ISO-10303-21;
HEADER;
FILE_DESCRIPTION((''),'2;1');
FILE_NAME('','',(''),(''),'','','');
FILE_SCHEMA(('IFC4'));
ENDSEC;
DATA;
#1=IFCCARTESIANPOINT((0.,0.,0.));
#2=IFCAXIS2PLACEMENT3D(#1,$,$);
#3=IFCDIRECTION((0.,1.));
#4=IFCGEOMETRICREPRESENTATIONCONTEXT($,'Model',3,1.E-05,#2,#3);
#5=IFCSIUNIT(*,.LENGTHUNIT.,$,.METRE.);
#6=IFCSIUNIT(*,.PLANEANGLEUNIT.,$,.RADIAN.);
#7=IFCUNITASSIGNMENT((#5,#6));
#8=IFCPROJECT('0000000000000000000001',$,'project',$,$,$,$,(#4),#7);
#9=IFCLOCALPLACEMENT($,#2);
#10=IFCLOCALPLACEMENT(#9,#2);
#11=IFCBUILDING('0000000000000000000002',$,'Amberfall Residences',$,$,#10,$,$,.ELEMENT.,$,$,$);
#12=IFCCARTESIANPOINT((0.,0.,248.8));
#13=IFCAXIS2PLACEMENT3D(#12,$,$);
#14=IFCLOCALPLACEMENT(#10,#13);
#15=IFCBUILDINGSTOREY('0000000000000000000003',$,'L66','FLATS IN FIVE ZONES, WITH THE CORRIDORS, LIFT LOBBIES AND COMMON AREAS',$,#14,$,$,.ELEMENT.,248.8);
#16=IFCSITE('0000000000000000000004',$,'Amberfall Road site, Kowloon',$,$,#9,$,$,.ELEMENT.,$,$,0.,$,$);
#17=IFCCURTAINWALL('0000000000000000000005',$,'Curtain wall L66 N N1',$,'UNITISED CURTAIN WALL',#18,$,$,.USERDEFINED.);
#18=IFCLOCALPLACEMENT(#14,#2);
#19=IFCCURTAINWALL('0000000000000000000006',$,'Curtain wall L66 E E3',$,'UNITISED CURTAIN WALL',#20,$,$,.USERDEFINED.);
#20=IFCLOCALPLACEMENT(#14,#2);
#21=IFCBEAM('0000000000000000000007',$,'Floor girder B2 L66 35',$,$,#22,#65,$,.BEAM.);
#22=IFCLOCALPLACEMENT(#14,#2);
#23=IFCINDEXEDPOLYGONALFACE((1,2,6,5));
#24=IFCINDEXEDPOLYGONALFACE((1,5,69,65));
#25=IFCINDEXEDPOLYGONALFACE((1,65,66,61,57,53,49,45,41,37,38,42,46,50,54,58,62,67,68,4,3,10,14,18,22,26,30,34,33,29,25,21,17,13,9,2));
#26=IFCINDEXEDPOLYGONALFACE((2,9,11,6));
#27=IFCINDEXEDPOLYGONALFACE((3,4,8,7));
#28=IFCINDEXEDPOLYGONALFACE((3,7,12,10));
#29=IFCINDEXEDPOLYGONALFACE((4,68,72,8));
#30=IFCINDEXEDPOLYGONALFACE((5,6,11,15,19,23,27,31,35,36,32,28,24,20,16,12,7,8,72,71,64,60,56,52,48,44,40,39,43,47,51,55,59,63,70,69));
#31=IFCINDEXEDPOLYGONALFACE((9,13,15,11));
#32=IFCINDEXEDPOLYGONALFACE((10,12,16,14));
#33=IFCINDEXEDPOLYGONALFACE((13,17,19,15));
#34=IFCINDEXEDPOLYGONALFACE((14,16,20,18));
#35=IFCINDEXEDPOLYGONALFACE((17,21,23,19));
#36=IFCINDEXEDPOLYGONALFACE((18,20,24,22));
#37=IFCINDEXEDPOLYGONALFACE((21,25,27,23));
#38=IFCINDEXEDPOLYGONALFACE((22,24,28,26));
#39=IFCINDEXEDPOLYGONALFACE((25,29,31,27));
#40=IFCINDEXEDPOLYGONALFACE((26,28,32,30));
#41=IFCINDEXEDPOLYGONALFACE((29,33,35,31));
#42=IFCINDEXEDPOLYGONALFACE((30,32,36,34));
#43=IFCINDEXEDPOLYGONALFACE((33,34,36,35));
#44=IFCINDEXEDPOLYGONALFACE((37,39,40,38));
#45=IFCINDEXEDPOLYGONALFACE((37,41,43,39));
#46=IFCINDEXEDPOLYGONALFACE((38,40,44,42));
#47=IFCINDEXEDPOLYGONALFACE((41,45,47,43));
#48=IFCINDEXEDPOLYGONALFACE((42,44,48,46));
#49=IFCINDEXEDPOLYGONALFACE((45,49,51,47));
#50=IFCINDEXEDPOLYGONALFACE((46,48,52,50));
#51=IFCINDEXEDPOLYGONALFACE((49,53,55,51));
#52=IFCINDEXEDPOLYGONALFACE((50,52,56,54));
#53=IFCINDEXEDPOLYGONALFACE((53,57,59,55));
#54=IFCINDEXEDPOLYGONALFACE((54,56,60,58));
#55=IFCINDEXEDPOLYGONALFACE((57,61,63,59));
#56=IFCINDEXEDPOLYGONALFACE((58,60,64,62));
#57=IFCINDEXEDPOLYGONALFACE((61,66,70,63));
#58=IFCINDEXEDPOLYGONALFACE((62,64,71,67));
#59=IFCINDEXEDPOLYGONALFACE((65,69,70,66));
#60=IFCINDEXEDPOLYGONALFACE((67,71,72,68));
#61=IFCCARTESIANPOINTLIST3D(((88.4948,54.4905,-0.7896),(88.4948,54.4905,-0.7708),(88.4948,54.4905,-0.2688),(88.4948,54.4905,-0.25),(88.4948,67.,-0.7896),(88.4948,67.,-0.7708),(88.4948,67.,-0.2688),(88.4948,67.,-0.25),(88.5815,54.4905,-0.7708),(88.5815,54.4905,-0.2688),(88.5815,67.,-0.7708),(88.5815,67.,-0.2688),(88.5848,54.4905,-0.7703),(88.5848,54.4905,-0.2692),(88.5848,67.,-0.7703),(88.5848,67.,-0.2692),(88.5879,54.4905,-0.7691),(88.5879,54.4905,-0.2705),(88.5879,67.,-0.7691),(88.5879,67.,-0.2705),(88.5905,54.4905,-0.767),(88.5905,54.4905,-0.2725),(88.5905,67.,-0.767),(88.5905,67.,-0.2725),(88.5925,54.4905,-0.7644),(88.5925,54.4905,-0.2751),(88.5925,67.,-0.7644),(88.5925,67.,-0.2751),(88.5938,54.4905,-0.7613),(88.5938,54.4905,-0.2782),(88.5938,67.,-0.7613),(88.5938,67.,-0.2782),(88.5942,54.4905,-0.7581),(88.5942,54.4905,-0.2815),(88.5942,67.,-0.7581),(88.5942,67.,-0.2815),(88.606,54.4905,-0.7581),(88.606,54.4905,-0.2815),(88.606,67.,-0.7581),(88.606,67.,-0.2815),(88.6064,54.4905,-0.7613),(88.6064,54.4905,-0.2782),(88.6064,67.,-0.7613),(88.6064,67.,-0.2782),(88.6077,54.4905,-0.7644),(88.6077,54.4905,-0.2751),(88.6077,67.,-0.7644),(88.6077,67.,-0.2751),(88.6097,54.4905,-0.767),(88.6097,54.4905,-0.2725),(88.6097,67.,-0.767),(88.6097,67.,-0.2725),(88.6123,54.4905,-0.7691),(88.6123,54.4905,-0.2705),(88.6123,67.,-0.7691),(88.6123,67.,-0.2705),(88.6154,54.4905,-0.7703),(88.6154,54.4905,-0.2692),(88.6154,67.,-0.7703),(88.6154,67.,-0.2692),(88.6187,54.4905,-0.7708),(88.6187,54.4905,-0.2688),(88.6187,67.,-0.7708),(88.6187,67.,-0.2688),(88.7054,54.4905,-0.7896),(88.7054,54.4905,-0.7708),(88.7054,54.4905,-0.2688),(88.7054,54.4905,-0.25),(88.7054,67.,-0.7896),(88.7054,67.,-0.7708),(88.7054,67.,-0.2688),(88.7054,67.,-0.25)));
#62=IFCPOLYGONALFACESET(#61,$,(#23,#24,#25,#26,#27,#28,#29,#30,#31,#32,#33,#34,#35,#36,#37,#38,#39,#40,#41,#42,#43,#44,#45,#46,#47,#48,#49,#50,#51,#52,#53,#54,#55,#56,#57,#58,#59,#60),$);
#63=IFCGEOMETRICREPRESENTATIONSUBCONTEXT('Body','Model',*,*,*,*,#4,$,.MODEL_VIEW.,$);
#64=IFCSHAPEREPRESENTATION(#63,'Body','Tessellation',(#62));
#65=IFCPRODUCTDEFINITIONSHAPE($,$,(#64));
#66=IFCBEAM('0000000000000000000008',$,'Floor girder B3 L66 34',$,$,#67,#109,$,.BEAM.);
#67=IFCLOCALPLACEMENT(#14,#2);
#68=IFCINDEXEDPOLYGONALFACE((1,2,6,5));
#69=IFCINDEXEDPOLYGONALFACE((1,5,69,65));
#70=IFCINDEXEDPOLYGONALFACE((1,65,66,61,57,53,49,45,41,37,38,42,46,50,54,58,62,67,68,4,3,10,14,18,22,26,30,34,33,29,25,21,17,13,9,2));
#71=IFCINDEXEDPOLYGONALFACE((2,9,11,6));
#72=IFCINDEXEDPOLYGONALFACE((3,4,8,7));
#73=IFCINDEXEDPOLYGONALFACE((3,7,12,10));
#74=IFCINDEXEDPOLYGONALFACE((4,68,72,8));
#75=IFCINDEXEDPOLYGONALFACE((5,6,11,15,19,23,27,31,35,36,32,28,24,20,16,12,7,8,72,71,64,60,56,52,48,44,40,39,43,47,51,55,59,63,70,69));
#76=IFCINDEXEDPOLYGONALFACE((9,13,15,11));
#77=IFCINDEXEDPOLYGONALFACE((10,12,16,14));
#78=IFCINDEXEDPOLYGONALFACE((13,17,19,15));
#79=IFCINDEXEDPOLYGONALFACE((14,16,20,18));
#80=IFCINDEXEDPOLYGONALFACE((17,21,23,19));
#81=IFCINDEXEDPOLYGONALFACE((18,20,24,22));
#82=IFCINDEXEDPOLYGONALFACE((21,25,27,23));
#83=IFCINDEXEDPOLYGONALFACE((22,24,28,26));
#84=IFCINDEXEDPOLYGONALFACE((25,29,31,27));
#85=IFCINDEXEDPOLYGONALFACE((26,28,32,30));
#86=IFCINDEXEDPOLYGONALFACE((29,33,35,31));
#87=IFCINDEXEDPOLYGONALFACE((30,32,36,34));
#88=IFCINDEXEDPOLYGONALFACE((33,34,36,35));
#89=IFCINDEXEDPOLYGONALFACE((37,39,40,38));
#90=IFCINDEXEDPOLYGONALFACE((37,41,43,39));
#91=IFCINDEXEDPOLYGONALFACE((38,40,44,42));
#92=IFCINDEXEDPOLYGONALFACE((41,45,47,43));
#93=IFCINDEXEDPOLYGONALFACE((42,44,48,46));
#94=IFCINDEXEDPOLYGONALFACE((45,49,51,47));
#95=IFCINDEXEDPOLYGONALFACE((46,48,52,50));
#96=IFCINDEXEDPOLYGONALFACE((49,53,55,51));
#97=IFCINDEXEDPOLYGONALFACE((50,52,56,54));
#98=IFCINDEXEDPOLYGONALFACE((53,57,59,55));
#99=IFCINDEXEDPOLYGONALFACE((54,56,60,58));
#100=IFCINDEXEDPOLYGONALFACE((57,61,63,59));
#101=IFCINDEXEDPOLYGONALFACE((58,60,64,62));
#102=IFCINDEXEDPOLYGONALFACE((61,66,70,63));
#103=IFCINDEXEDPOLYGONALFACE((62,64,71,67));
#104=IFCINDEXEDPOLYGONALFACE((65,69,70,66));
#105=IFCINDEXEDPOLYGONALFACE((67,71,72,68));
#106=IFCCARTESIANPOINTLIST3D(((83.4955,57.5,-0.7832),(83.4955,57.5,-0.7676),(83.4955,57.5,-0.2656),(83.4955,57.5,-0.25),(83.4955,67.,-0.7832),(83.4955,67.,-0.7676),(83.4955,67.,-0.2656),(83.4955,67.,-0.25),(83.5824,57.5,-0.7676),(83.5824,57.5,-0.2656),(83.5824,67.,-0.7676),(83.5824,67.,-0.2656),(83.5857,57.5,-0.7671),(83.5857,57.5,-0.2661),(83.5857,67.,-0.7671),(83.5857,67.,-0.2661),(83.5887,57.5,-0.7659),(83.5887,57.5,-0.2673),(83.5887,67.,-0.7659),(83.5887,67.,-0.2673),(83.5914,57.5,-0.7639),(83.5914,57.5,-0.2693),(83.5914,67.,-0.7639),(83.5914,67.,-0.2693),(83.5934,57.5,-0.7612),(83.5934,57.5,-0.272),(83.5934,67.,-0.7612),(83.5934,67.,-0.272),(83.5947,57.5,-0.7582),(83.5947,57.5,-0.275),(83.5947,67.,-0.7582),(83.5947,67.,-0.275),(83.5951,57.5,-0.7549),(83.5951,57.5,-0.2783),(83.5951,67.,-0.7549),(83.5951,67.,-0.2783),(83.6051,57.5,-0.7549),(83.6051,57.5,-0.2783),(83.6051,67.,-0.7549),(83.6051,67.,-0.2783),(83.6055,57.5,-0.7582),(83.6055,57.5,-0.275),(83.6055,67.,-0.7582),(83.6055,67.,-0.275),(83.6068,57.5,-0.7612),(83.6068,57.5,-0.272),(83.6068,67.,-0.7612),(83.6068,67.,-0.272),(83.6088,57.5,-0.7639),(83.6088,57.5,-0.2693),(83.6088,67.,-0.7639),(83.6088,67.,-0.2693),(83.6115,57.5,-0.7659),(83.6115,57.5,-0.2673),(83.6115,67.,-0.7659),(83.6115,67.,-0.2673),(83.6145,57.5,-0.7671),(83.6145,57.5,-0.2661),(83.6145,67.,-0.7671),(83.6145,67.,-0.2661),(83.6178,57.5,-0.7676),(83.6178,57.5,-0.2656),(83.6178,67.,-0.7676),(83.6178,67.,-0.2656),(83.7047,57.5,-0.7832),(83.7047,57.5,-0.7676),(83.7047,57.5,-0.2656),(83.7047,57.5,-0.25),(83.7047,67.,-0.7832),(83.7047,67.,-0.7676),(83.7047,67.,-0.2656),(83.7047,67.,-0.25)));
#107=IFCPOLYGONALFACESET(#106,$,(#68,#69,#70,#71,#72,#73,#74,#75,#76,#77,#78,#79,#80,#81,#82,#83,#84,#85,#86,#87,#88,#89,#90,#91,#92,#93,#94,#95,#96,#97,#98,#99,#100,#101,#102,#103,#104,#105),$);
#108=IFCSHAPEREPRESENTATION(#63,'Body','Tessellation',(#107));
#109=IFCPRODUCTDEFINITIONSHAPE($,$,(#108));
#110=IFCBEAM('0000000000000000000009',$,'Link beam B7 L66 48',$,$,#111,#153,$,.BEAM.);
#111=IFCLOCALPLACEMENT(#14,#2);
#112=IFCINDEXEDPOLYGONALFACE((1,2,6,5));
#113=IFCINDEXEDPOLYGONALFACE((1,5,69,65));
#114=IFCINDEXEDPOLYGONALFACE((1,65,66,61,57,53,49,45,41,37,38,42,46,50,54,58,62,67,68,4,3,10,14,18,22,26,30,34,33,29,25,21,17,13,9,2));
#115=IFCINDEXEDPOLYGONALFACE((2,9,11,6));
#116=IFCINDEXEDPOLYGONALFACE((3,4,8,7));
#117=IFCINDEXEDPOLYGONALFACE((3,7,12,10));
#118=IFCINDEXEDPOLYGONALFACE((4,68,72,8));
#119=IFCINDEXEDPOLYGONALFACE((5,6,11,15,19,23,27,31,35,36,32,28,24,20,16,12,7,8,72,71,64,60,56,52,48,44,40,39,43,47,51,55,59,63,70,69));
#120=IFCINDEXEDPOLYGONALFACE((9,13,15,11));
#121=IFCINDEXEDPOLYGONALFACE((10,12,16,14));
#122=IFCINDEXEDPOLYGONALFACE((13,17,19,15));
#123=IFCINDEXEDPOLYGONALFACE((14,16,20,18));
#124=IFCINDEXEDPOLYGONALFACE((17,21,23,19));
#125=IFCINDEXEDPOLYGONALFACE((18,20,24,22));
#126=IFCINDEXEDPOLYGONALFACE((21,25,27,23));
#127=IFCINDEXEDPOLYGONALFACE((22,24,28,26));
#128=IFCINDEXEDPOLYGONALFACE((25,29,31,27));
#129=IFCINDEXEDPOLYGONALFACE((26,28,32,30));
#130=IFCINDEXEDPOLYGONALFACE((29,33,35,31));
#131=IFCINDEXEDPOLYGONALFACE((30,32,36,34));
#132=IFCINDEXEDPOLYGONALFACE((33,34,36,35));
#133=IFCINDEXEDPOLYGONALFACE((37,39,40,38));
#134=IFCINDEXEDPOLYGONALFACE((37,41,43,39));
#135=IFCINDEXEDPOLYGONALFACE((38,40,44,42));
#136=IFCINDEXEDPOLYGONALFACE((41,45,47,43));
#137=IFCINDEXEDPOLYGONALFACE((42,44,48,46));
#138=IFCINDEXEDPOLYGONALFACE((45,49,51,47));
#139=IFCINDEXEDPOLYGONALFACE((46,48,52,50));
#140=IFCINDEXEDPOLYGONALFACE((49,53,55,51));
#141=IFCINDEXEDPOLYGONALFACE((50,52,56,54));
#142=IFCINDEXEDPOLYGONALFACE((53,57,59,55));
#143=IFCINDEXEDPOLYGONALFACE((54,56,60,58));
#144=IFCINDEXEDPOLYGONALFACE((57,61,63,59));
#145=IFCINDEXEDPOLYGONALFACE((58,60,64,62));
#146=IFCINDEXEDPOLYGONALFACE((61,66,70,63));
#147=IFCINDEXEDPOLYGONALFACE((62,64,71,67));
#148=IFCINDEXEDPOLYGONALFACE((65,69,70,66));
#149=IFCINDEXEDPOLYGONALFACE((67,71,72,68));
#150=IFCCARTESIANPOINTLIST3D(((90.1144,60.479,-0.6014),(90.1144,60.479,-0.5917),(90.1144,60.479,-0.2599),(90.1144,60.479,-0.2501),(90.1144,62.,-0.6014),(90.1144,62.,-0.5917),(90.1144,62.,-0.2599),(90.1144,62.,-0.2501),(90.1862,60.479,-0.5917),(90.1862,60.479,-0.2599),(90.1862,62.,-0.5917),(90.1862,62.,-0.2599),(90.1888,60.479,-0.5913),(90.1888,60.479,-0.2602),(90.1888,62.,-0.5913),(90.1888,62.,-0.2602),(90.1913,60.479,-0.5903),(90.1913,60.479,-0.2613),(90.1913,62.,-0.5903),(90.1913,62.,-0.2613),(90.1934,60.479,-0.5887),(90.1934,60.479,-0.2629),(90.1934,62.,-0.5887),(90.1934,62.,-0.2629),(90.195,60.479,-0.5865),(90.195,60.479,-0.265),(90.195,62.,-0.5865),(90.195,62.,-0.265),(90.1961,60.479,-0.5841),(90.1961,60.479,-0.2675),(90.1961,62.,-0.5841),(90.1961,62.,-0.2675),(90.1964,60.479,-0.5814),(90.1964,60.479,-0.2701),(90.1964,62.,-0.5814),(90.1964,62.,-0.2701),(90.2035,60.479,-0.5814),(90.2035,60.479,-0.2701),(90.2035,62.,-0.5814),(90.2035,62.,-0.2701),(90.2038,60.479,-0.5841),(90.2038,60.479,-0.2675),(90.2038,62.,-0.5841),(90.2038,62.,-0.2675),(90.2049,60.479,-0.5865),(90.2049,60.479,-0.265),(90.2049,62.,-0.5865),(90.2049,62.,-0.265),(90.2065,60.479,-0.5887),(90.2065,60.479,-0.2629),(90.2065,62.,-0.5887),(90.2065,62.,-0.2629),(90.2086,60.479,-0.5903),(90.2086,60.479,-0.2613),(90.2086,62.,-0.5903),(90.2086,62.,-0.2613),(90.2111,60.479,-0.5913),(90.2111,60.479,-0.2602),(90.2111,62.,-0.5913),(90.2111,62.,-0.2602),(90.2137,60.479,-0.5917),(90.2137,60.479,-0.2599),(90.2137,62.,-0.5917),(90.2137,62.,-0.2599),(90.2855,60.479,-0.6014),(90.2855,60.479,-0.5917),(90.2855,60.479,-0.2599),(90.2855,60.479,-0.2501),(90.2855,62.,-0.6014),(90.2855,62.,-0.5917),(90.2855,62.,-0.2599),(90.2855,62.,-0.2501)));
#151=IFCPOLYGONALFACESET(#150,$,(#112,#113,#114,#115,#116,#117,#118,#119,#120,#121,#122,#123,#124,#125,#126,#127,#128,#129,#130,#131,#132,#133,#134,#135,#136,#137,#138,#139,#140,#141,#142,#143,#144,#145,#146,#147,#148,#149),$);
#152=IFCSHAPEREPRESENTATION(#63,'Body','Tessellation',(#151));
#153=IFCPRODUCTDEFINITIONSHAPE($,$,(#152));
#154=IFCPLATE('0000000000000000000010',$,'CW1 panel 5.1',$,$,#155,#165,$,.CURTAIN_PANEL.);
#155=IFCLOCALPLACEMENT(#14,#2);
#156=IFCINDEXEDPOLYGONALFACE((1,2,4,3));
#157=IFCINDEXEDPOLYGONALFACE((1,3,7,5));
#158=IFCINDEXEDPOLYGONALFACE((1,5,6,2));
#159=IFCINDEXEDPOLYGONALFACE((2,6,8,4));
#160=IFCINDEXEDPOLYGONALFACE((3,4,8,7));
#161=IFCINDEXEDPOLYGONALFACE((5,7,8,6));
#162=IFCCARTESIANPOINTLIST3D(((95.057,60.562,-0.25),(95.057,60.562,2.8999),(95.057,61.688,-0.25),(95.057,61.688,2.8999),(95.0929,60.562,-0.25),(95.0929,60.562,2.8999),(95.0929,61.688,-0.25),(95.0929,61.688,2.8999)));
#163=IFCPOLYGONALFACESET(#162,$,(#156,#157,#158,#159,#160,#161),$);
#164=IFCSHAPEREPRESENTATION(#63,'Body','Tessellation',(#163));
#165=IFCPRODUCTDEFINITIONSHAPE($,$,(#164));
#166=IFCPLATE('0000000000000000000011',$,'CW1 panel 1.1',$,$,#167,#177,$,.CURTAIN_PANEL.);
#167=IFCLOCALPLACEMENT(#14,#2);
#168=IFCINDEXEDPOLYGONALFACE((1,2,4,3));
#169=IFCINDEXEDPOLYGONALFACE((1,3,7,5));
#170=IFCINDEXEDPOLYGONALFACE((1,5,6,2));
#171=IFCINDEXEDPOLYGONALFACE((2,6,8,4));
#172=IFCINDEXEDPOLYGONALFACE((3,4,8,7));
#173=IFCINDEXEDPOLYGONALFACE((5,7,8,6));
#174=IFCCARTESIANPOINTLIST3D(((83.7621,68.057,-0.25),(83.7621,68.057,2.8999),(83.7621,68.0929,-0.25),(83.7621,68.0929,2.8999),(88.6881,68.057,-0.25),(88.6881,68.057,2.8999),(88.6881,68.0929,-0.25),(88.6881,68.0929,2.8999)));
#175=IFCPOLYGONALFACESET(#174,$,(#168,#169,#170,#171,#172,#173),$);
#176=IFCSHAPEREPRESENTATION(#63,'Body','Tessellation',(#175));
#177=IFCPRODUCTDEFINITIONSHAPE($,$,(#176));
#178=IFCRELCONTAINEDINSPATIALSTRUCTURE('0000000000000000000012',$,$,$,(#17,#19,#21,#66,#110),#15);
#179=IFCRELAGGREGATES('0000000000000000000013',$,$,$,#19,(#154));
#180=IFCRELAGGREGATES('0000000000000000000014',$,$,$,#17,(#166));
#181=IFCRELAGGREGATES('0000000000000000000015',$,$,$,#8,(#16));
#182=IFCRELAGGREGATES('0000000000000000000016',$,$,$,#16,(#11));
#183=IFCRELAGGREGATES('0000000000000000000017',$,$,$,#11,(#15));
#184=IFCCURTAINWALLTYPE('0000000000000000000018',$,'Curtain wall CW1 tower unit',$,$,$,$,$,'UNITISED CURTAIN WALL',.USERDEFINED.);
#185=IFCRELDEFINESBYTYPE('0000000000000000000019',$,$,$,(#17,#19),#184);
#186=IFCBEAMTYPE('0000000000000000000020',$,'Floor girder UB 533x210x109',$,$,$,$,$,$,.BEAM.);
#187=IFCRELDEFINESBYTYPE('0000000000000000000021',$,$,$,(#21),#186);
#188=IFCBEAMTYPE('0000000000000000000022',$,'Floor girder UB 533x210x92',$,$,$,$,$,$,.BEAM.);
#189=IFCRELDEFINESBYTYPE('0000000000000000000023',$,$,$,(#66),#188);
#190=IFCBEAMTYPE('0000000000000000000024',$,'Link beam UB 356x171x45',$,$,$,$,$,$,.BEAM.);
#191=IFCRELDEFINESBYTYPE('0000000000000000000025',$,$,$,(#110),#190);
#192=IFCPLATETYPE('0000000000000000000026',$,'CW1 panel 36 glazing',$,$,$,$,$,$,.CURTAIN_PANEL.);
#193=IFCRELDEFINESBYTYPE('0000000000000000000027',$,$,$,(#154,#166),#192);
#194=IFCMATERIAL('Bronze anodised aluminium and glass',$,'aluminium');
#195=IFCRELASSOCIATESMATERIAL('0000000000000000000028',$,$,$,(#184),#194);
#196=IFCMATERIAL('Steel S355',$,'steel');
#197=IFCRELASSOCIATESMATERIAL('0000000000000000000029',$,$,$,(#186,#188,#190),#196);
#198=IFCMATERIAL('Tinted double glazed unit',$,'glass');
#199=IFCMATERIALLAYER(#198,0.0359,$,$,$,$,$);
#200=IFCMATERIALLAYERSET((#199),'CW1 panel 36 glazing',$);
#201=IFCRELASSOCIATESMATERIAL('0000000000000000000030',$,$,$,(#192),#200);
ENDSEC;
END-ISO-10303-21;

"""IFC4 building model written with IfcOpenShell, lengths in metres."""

from ifc_helpers import new_model, si_unit, direction, frame, origin, origin_2d, place, context, subcontext, project, spatial, rectangle, i_section, extrude, material, layer, layer_set, material_profile, profile_set, type_object, element, aggregate, save


model = new_model("IFC4")

# Units and contexts
model_context = context("Model", 3, precision=1e-05, world=origin(), true_north=direction((0.0, 1.0)))
body_context = subcontext(model_context, "Body", "Model", "MODEL_VIEW")
ifc_project = project(units=[si_unit("LENGTHUNIT", "METRE"), si_unit("PLANEANGLEUNIT", "RADIAN")], contexts=[model_context])

# Site, building, storey
site_placement = place(None, origin())
site = spatial("IfcSite", under=ifc_project, at=site_placement, Name="Amberfall Road site, Kowloon", CompositionType="ELEMENT", RefElevation=0.0)
building_placement = place(site_placement, origin())
building = spatial("IfcBuilding", under=site, at=building_placement, Name="Amberfall Residences", CompositionType="ELEMENT")
storey_placement = place(building_placement, frame((0.0, 0.0, 248.8)))
storey = spatial("IfcBuildingStorey", under=building, at=storey_placement, Name="L66", Description="FLATS IN FIVE ZONES, WITH THE CORRIDORS, LIFT LOBBIES AND COMMON AREAS", CompositionType="ELEMENT", Elevation=248.8)

# Curtain wall
ifc_material_1 = material(Name="Bronze anodised aluminium and glass", Category="aluminium")
curtain_wall_type = type_object("IfcCurtainWallType", Name="Curtain wall CW1 tower unit", ElementType="UNITISED CURTAIN WALL", PredefinedType="USERDEFINED", material=ifc_material_1)
curtain_wall_1_placement = place(storey_placement, origin())
curtain_wall_1 = element("IfcCurtainWall", 1, at=curtain_wall_1_placement, inside=storey, type_object=curtain_wall_type, Name="Curtain wall L66 N N1", ObjectType="UNITISED CURTAIN WALL", PredefinedType="USERDEFINED")

# Curtain wall
curtain_wall_2_placement = place(storey_placement, origin())
curtain_wall_2 = element("IfcCurtainWall", 2, at=curtain_wall_2_placement, inside=storey, type_object=curtain_wall_type, Name="Curtain wall L66 E E3", ObjectType="UNITISED CURTAIN WALL", PredefinedType="USERDEFINED")

# Shared definitions
ifc_material_2 = material(Name="Steel S355", Category="steel")

# Beams
ifc_material_profile_1 = material_profile(ifc_material_2, i_section(OverallWidth=0.2107, OverallDepth=0.5396, WebThickness=0.0117, FlangeThickness=0.0188, FilletRadius=0.0127, at=origin_2d()), Name="UB 533x210x109")
ifc_profile_set_1 = profile_set([ifc_material_profile_1], Name="Steel S355")
beam_type_1 = type_object("IfcBeamType", Name="Floor girder UB 533x210x109", PredefinedType="BEAM", material=ifc_profile_set_1)
beam_1_placement = place(storey_placement, frame((88.6001, 67.0, -0.5198), z_axis=(0.0, -1.0, 0.0), x_axis=(1.0, 0.0, 0.0)))
element("IfcBeam", 3, at=beam_1_placement, inside=storey, type_object=beam_type_1, Name="Floor girder B2 L66 35", PredefinedType="BEAM", context=body_context, shape_type="SweptSolid", body=[
    extrude(i_section(OverallWidth=0.2107, OverallDepth=0.5396, WebThickness=0.0117, FlangeThickness=0.0188, FilletRadius=0.0127, at=origin_2d()), origin(), (0.0, 0.0, 1.0), 12.5095),
])
ifc_material_profile_2 = material_profile(ifc_material_2, i_section(OverallWidth=0.2092, OverallDepth=0.5332, WebThickness=0.01, FlangeThickness=0.0156, FilletRadius=0.0127, at=origin_2d()), Name="UB 533x210x92")
ifc_profile_set_2 = profile_set([ifc_material_profile_2], Name="Steel S355")
beam_type_2 = type_object("IfcBeamType", Name="Floor girder UB 533x210x92", PredefinedType="BEAM", material=ifc_profile_set_2)
beam_2_placement = place(storey_placement, frame((83.6001, 67.0, -0.5166), z_axis=(0.0, -1.0, 0.0), x_axis=(1.0, 0.0, 0.0)))
element("IfcBeam", 4, at=beam_2_placement, inside=storey, type_object=beam_type_2, Name="Floor girder B3 L66 34", PredefinedType="BEAM", context=body_context, shape_type="SweptSolid", body=[
    extrude(i_section(OverallWidth=0.2092, OverallDepth=0.5332, WebThickness=0.01, FlangeThickness=0.0156, FilletRadius=0.0127, at=origin_2d()), origin(), (0.0, 0.0, 1.0), 9.5),
])
ifc_material_profile_3 = material_profile(ifc_material_2, i_section(OverallWidth=0.1711, OverallDepth=0.3513, WebThickness=0.0071, FlangeThickness=0.0098, FilletRadius=0.0103, at=origin_2d()), Name="UB 356x171x45")
ifc_profile_set_3 = profile_set([ifc_material_profile_3], Name="Steel S355")
beam_type_3 = type_object("IfcBeamType", Name="Link beam UB 356x171x45", PredefinedType="BEAM", material=ifc_profile_set_3)
beam_3_placement = place(storey_placement, frame((90.2, 62.0, -0.4258), z_axis=(0.0, -1.0, 0.0), x_axis=(1.0, 0.0, 0.0)))
element("IfcBeam", 5, at=beam_3_placement, inside=storey, type_object=beam_type_3, Name="Link beam B7 L66 48", PredefinedType="BEAM", context=body_context, shape_type="SweptSolid", body=[
    extrude(i_section(OverallWidth=0.1711, OverallDepth=0.3513, WebThickness=0.0071, FlangeThickness=0.0098, FilletRadius=0.0103, at=origin_2d()), origin(), (0.0, 0.0, 1.0), 1.521),
])

# Plates
ifc_material_3 = material(Name="Tinted double glazed unit", Category="glass")
ifc_layer_1 = layer(ifc_material_3, 0.0359)
ifc_layer_set_1 = layer_set([ifc_layer_1], Name="CW1 panel 36 glazing")
plate_type = type_object("IfcPlateType", Name="CW1 panel 36 glazing", PredefinedType="CURTAIN_PANEL", material=ifc_layer_set_1)
plate_1_placement = place(storey_placement, frame((95.075, 61.125, -0.25), z_axis=(0.0, 0.0, 1.0), x_axis=(0.0, 1.0, 0.0)))
plate_1 = element("IfcPlate", 6, at=plate_1_placement, type_object=plate_type, Name="CW1 panel 5.1", PredefinedType="CURTAIN_PANEL", context=body_context, shape_type="SweptSolid", body=[
    extrude(rectangle(XDim=1.126, YDim=0.0359, at=origin_2d()), origin(), (0.0, 0.0, 1.0), 3.1499),
])
aggregate(curtain_wall_2, [plate_1])
plate_2_placement = place(storey_placement, frame((86.2251, 68.075, -0.25), z_axis=(0.0, 0.0, 1.0), x_axis=(-1.0, 0.0, 0.0)))
plate_2 = element("IfcPlate", 7, at=plate_2_placement, type_object=plate_type, Name="CW1 panel 1.1", PredefinedType="CURTAIN_PANEL", context=body_context, shape_type="SweptSolid", body=[
    extrude(rectangle(XDim=4.926, YDim=0.0359, at=origin_2d()), origin(), (0.0, 0.0, 1.0), 3.1499),
])
aggregate(curtain_wall_1, [plate_2])

save(model, "model.ifc")
